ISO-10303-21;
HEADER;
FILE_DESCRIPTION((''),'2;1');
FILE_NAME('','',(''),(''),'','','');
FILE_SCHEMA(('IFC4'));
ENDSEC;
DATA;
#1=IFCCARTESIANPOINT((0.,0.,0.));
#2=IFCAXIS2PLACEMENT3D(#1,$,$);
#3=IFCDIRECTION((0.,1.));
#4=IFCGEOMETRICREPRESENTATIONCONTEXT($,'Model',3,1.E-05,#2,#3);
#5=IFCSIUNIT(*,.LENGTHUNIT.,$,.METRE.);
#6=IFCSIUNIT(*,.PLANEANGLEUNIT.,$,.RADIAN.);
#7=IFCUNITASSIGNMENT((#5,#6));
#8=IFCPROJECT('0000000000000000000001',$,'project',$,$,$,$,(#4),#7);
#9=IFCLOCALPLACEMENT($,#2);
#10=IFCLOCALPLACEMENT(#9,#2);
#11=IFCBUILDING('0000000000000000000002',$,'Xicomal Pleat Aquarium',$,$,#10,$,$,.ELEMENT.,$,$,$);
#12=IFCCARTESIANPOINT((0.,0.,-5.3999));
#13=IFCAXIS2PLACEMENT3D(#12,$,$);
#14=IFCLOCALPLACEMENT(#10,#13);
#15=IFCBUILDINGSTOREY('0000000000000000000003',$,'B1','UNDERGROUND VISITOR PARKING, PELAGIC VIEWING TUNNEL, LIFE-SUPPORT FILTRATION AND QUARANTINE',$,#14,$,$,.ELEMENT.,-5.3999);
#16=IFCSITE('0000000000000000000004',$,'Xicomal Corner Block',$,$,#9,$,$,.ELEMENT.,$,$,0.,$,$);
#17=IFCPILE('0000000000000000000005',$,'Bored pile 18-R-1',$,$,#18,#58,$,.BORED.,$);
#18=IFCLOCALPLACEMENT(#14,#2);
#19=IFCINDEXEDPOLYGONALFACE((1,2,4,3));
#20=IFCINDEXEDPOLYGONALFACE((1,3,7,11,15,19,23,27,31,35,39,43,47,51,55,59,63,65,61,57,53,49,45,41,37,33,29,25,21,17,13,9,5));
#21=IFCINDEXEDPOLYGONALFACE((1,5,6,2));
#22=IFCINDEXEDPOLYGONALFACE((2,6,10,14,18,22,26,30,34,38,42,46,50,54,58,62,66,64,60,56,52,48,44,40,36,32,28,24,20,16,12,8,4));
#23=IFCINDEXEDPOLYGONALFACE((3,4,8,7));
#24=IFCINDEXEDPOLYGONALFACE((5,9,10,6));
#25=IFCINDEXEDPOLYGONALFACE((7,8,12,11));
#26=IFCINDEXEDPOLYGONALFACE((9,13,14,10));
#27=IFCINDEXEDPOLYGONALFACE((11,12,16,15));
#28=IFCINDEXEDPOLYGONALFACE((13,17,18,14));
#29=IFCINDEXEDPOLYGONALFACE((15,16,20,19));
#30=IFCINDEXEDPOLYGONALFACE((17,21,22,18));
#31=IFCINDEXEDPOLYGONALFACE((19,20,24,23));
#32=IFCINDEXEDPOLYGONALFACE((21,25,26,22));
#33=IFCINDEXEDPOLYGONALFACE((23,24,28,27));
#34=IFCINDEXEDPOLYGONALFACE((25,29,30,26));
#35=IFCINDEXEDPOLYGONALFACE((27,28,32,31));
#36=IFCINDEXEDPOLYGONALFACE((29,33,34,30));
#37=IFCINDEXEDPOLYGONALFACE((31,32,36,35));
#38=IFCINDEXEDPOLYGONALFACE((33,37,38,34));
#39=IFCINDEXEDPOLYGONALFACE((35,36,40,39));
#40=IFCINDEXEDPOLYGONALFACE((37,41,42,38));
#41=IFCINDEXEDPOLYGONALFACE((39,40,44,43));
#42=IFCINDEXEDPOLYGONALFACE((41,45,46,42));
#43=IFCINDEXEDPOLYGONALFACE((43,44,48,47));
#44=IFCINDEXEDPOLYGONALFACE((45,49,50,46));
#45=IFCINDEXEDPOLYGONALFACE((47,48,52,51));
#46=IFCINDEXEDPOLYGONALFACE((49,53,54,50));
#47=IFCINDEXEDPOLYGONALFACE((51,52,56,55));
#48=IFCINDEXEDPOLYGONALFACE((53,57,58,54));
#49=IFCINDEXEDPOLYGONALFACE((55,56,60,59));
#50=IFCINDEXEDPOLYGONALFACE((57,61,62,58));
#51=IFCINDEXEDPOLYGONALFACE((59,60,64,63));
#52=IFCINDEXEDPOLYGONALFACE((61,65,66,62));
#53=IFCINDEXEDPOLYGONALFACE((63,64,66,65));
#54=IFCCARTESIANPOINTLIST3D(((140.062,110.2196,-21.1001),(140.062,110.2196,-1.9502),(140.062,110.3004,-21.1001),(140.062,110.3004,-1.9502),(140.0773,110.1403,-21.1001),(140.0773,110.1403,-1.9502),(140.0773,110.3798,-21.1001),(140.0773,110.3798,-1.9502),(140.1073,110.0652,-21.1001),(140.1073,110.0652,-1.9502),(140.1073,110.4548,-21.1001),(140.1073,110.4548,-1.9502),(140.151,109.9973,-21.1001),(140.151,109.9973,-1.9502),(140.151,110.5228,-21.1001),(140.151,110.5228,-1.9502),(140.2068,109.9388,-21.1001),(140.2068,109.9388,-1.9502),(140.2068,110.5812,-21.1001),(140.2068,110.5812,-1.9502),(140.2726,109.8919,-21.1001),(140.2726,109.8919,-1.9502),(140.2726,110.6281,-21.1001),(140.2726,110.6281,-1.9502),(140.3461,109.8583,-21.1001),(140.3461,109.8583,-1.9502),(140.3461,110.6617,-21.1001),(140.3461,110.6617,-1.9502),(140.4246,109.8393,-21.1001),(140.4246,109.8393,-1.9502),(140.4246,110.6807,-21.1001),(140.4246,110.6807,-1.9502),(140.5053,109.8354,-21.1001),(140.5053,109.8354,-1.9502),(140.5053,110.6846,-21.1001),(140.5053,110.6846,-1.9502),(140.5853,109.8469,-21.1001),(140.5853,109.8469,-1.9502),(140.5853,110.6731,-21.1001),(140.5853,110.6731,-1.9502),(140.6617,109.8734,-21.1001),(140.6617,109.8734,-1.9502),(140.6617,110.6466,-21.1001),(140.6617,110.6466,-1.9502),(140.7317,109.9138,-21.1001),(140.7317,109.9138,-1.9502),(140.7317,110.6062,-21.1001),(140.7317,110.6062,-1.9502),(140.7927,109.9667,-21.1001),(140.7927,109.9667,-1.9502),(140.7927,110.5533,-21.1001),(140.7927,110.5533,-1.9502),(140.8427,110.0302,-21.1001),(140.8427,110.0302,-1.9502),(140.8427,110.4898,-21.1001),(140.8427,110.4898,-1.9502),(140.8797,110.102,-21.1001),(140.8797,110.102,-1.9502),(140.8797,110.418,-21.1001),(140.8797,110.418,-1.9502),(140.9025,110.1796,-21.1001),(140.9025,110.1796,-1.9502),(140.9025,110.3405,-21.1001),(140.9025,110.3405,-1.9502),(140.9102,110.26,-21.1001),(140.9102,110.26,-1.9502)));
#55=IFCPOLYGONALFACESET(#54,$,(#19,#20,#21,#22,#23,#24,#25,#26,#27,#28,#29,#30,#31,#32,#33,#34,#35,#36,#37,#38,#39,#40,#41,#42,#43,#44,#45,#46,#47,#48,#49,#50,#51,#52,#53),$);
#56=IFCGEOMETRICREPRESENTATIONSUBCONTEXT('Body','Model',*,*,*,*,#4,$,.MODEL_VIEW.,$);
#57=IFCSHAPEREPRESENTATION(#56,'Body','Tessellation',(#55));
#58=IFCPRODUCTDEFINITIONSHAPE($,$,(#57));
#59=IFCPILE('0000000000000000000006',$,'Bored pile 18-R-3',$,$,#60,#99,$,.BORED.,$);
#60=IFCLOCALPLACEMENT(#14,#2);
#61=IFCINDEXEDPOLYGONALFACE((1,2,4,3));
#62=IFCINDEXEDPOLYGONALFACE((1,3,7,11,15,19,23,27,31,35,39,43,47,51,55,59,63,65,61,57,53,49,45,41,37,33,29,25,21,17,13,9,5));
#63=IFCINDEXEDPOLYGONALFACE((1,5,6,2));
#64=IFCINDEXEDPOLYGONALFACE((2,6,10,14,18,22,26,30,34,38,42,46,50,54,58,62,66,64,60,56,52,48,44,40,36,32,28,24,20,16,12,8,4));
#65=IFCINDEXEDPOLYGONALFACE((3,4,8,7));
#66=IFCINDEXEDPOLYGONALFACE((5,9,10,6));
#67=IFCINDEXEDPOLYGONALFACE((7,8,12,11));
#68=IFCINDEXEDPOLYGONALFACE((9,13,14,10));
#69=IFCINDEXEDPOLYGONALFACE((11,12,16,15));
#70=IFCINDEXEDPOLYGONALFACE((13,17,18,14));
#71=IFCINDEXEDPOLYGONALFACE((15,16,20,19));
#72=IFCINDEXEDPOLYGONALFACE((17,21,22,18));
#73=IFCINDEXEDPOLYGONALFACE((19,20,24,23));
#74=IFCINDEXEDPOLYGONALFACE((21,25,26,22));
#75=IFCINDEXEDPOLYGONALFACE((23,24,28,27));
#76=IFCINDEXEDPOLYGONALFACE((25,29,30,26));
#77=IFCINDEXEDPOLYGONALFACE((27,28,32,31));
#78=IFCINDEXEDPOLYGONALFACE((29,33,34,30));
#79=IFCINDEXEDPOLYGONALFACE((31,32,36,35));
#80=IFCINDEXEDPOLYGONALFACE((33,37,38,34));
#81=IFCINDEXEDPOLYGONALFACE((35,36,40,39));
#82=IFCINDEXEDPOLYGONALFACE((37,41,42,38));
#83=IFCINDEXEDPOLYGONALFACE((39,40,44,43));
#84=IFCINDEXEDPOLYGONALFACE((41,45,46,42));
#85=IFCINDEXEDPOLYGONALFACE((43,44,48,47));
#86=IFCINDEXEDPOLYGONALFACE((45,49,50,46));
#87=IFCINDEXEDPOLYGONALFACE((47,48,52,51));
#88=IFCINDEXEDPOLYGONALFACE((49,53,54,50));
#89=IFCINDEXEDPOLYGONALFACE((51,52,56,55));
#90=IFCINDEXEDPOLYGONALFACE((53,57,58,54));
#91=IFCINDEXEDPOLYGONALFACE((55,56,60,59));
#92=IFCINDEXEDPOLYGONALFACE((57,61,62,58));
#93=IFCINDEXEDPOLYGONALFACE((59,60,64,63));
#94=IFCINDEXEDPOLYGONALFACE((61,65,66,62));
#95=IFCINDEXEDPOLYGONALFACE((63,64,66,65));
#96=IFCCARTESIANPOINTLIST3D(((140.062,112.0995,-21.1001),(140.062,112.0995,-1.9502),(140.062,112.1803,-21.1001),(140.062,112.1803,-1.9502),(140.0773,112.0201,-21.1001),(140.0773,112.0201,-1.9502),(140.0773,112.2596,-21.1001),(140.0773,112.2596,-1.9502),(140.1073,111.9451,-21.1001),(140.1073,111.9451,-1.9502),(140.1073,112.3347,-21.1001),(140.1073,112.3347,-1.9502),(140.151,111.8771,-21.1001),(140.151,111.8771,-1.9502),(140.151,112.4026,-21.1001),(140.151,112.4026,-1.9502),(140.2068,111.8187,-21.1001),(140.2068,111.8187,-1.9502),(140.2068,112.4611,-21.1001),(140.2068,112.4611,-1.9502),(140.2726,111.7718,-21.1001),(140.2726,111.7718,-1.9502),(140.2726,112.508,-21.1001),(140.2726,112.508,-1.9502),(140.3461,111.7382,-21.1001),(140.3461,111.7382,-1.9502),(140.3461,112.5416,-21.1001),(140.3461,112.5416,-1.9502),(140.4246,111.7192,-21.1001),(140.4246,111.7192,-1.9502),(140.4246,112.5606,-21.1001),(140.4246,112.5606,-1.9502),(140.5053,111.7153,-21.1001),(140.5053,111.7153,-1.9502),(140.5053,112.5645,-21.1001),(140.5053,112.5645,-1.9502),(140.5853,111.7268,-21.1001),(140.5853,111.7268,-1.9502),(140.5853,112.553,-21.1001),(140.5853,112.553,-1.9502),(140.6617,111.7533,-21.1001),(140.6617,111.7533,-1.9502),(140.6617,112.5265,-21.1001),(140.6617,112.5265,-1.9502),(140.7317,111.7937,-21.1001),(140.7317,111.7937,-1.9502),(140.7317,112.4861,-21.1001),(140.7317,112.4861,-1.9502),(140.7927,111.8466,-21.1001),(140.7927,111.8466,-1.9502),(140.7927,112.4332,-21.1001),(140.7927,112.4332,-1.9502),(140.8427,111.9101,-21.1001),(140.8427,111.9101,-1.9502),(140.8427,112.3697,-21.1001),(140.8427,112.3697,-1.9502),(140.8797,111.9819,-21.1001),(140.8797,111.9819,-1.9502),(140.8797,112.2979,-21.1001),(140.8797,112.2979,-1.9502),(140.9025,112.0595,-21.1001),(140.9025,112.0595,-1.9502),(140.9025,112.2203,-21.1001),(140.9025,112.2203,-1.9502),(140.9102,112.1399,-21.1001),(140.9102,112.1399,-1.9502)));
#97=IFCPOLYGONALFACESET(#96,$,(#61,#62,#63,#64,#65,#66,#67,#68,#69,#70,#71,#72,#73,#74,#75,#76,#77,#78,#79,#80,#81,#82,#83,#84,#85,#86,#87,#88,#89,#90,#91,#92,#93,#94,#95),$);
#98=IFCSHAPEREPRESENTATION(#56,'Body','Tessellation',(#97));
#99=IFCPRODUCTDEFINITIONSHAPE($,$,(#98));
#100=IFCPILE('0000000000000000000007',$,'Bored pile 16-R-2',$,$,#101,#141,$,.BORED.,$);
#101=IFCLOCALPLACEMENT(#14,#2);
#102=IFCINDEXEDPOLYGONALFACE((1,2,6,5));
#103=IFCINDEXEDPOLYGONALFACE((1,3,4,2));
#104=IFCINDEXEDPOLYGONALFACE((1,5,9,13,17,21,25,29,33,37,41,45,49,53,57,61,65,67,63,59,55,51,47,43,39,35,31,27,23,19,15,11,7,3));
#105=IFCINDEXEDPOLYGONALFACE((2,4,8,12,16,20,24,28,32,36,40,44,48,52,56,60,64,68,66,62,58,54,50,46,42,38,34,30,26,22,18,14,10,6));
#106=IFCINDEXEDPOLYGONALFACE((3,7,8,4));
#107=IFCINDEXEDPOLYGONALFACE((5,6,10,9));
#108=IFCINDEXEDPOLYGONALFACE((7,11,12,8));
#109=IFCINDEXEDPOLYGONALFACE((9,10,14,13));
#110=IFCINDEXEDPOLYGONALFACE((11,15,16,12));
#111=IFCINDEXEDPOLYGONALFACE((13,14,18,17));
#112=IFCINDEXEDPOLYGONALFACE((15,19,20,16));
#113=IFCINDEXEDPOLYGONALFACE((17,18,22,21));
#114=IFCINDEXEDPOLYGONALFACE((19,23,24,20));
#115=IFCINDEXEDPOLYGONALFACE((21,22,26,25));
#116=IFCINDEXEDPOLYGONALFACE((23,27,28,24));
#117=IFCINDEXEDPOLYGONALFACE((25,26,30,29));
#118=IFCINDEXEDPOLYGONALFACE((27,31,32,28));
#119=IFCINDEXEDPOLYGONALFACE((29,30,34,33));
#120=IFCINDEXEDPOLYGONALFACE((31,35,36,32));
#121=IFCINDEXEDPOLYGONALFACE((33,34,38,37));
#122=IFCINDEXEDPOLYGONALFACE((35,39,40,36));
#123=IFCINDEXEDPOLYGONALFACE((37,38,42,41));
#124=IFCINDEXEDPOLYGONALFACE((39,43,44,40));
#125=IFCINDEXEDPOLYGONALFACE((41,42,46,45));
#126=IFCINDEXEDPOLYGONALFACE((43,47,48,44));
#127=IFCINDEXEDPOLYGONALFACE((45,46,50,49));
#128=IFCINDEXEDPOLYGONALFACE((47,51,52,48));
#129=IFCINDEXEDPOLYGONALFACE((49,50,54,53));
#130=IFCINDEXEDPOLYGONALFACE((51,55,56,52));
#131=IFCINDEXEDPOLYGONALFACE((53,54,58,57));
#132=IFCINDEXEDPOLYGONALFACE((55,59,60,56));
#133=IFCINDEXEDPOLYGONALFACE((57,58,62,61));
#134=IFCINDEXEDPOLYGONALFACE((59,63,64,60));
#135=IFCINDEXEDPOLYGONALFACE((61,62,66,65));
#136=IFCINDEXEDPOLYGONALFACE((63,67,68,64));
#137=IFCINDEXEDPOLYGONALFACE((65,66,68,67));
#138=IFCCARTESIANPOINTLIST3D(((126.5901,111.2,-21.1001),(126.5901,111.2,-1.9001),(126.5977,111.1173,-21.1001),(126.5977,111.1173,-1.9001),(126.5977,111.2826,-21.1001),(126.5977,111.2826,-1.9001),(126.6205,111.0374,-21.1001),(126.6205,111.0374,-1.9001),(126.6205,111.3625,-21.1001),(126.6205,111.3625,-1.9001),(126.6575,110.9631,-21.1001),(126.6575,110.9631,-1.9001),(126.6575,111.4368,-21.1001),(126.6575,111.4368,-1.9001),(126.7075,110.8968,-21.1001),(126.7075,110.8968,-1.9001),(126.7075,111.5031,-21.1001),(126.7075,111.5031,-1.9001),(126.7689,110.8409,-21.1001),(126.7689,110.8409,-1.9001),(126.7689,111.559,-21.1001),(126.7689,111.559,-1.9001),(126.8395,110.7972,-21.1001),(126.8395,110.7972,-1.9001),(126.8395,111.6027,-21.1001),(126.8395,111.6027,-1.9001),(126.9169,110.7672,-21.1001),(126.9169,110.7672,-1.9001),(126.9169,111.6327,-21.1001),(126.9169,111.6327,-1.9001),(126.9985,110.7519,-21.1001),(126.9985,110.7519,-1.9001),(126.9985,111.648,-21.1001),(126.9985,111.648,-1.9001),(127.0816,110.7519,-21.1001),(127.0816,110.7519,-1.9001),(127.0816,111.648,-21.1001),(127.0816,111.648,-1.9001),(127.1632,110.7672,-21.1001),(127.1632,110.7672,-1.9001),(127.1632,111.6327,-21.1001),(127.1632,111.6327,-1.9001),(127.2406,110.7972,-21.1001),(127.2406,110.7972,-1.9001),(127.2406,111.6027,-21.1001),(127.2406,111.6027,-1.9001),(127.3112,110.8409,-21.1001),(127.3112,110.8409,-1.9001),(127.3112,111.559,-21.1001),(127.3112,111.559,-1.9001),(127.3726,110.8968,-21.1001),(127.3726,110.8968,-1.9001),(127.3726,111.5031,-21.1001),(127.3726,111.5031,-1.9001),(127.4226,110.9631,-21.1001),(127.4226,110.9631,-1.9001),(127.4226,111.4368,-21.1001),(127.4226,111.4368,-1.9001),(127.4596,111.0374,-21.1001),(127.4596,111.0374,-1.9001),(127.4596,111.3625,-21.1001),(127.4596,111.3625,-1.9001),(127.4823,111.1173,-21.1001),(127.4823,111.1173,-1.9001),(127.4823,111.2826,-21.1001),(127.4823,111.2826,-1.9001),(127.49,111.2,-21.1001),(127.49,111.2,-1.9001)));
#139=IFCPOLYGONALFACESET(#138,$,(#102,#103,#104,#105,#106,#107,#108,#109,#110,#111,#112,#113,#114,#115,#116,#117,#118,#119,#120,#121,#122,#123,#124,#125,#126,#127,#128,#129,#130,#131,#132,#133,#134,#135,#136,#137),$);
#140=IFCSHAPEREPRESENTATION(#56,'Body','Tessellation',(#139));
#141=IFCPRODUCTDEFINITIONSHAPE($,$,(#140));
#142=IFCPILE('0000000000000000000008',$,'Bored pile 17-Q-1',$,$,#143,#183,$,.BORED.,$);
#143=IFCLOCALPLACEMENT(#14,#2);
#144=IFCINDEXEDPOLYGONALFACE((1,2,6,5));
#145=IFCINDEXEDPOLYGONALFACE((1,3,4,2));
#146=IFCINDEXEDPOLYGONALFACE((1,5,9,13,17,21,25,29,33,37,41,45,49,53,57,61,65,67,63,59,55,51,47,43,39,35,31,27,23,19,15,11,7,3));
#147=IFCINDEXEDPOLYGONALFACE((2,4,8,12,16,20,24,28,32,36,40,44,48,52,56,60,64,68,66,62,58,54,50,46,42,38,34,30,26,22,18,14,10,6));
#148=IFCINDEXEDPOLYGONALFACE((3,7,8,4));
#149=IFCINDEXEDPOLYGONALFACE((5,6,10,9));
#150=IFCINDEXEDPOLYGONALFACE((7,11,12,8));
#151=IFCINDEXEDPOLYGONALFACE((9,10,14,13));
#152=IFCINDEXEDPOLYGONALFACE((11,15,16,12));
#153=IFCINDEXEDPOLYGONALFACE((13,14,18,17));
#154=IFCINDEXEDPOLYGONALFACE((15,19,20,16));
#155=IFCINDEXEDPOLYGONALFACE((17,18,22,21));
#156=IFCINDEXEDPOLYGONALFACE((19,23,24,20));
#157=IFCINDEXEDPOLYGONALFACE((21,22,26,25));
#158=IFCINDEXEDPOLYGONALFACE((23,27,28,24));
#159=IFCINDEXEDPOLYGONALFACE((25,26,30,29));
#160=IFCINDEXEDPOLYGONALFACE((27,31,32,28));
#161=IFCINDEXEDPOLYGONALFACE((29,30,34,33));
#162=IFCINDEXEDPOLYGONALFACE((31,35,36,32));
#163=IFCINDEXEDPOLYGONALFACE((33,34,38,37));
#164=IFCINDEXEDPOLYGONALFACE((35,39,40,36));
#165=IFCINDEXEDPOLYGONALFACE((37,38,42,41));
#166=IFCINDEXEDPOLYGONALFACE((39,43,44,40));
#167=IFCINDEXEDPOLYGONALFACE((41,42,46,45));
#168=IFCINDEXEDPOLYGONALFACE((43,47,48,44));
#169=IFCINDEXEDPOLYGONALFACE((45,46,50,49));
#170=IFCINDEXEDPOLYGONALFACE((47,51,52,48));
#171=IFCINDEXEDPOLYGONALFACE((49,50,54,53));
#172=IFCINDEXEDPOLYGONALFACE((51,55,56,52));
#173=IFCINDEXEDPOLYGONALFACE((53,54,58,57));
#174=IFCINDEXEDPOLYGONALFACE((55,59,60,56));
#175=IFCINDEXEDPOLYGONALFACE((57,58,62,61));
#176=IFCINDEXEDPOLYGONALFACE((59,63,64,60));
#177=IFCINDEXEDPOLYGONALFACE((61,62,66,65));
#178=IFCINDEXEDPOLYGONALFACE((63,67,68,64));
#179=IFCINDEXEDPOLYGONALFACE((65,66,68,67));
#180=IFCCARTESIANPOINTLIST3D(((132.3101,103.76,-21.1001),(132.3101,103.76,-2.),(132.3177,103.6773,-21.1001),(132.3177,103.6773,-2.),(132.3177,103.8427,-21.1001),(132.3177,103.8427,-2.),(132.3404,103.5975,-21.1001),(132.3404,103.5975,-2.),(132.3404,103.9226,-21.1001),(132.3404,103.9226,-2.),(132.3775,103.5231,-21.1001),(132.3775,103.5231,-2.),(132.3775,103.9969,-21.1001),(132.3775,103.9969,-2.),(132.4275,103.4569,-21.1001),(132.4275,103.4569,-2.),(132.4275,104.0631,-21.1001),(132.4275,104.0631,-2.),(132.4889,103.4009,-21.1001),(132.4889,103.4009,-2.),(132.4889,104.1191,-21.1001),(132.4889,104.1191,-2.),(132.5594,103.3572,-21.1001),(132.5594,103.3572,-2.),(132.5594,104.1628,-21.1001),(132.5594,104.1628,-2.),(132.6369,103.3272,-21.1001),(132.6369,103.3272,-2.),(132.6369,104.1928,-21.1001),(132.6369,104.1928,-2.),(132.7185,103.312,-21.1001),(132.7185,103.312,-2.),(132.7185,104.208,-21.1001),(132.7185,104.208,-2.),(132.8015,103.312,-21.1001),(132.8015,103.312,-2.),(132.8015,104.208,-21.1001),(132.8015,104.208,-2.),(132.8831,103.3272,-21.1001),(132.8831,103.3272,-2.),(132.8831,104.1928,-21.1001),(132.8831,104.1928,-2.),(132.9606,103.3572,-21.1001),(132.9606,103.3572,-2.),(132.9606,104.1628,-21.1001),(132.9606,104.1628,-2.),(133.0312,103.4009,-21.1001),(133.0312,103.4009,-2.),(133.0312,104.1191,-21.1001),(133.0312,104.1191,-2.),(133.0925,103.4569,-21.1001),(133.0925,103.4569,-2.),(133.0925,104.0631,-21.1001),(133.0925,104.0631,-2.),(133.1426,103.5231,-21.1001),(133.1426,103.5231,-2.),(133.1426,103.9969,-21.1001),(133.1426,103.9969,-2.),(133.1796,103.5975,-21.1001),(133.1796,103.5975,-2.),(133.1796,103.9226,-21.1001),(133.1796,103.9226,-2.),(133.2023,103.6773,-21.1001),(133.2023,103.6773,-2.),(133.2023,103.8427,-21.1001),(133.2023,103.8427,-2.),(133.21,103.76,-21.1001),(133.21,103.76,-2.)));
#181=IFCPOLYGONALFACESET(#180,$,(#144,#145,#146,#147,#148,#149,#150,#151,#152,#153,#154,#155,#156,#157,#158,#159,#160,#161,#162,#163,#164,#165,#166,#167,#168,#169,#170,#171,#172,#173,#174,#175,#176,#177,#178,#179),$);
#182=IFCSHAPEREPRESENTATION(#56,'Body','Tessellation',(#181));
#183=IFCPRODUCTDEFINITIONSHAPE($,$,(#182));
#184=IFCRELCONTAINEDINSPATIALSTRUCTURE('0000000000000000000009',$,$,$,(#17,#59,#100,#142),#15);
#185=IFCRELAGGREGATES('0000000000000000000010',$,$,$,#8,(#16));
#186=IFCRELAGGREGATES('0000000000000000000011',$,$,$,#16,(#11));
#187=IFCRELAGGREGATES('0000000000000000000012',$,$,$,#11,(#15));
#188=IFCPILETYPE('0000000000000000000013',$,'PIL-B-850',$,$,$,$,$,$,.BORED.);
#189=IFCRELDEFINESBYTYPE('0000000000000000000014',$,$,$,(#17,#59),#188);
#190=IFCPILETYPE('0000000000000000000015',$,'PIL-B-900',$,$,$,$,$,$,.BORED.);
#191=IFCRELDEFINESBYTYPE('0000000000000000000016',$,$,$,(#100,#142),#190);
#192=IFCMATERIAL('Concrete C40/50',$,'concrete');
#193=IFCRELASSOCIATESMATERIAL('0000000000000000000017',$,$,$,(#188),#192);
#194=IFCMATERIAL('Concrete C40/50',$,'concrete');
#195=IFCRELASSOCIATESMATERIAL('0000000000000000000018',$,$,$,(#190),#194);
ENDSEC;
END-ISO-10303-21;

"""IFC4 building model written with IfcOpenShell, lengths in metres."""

from ifc_helpers import new_model, si_unit, direction, frame, origin, origin_2d, place, context, subcontext, project, spatial, circle, extrude, material, material_profile, profile_set, type_object, element, save


model = new_model("IFC4")

# Units and contexts
model_context = context("Model", 3, precision=1e-05, world=origin(), true_north=direction((0.0, 1.0)))
body_context = subcontext(model_context, "Body", "Model", "MODEL_VIEW")
ifc_project = project(units=[si_unit("LENGTHUNIT", "METRE"), si_unit("PLANEANGLEUNIT", "RADIAN")], contexts=[model_context])

# Site, building, storey
site_placement = place(None, origin())
site = spatial("IfcSite", under=ifc_project, at=site_placement, Name="Xicomal Corner Block", CompositionType="ELEMENT", RefElevation=0.0)
building_placement = place(site_placement, origin())
building = spatial("IfcBuilding", under=site, at=building_placement, Name="Xicomal Pleat Aquarium", CompositionType="ELEMENT")
storey_placement = place(building_placement, frame((0.0, 0.0, -5.3999)))
storey = spatial("IfcBuildingStorey", under=building, at=storey_placement, Name="B1", Description="UNDERGROUND VISITOR PARKING, PELAGIC VIEWING TUNNEL, LIFE-SUPPORT FILTRATION AND QUARANTINE", CompositionType="ELEMENT", Elevation=-5.3999)

# Piles
ifc_material_1 = material(Name="Concrete C40/50", Category="concrete")
ifc_material_profile_1 = material_profile(ifc_material_1, circle(Radius=0.425, at=origin_2d()), Name="BORED PILE D850")
ifc_profile_set_1 = profile_set([ifc_material_profile_1], Name="Concrete C40/50")
pile_type_1 = type_object("IfcPileType", Name="PIL-B-850", PredefinedType="BORED", material=ifc_profile_set_1)
for number, where, z_axis, x_axis, name in (
    (1, (140.4851, 110.26, -1.9502), (0.0, 0.0, -1.0), (1.0, 0.0, 0.0), "Bored pile 18-R-1"),
    (2, (140.4851, 112.1399, -1.9502), (0.0, 0.0, -1.0), (1.0, 0.0, 0.0), "Bored pile 18-R-3"),
):
    element("IfcPile", number, at=place(storey_placement, frame(where, z_axis=z_axis, x_axis=x_axis)), inside=storey, type_object=pile_type_1, Name=name, PredefinedType="BORED", context=body_context, shape_type="SweptSolid", body=[
        extrude(circle(Radius=0.425, at=origin_2d()), origin(), (0.0, 0.0, 1.0), 19.1499),
    ])
ifc_material_2 = material(Name="Concrete C40/50", Category="concrete")
ifc_material_profile_2 = material_profile(ifc_material_2, circle(Radius=0.45, at=origin_2d()), Name="BORED PILE D900")
ifc_profile_set_2 = profile_set([ifc_material_profile_2], Name="Concrete C40/50")
pile_type_2 = type_object("IfcPileType", Name="PIL-B-900", PredefinedType="BORED", material=ifc_profile_set_2)
pile_1_placement = place(storey_placement, frame((127.04, 111.2, -1.9001), z_axis=(0.0, 0.0, -1.0), x_axis=(1.0, 0.0, 0.0)))
element("IfcPile", 3, at=pile_1_placement, inside=storey, type_object=pile_type_2, Name="Bored pile 16-R-2", PredefinedType="BORED", context=body_context, shape_type="SweptSolid", body=[
    extrude(circle(Radius=0.45, at=origin_2d()), origin(), (0.0, 0.0, 1.0), 19.2),
])
for number, where, z_axis, x_axis, name in (
    (4, (132.76, 103.76, -2.0), (0.0, 0.0, -1.0), (1.0, 0.0, 0.0), "Bored pile 17-Q-1"),
):
    element("IfcPile", number, at=place(storey_placement, frame(where, z_axis=z_axis, x_axis=x_axis)), inside=storey, type_object=pile_type_2, Name=name, PredefinedType="BORED", context=body_context, shape_type="SweptSolid", body=[
        extrude(circle(Radius=0.45, at=origin_2d()), origin(), (0.0, 0.0, 1.0), 19.1001),
    ])

save(model, "model.ifc")
